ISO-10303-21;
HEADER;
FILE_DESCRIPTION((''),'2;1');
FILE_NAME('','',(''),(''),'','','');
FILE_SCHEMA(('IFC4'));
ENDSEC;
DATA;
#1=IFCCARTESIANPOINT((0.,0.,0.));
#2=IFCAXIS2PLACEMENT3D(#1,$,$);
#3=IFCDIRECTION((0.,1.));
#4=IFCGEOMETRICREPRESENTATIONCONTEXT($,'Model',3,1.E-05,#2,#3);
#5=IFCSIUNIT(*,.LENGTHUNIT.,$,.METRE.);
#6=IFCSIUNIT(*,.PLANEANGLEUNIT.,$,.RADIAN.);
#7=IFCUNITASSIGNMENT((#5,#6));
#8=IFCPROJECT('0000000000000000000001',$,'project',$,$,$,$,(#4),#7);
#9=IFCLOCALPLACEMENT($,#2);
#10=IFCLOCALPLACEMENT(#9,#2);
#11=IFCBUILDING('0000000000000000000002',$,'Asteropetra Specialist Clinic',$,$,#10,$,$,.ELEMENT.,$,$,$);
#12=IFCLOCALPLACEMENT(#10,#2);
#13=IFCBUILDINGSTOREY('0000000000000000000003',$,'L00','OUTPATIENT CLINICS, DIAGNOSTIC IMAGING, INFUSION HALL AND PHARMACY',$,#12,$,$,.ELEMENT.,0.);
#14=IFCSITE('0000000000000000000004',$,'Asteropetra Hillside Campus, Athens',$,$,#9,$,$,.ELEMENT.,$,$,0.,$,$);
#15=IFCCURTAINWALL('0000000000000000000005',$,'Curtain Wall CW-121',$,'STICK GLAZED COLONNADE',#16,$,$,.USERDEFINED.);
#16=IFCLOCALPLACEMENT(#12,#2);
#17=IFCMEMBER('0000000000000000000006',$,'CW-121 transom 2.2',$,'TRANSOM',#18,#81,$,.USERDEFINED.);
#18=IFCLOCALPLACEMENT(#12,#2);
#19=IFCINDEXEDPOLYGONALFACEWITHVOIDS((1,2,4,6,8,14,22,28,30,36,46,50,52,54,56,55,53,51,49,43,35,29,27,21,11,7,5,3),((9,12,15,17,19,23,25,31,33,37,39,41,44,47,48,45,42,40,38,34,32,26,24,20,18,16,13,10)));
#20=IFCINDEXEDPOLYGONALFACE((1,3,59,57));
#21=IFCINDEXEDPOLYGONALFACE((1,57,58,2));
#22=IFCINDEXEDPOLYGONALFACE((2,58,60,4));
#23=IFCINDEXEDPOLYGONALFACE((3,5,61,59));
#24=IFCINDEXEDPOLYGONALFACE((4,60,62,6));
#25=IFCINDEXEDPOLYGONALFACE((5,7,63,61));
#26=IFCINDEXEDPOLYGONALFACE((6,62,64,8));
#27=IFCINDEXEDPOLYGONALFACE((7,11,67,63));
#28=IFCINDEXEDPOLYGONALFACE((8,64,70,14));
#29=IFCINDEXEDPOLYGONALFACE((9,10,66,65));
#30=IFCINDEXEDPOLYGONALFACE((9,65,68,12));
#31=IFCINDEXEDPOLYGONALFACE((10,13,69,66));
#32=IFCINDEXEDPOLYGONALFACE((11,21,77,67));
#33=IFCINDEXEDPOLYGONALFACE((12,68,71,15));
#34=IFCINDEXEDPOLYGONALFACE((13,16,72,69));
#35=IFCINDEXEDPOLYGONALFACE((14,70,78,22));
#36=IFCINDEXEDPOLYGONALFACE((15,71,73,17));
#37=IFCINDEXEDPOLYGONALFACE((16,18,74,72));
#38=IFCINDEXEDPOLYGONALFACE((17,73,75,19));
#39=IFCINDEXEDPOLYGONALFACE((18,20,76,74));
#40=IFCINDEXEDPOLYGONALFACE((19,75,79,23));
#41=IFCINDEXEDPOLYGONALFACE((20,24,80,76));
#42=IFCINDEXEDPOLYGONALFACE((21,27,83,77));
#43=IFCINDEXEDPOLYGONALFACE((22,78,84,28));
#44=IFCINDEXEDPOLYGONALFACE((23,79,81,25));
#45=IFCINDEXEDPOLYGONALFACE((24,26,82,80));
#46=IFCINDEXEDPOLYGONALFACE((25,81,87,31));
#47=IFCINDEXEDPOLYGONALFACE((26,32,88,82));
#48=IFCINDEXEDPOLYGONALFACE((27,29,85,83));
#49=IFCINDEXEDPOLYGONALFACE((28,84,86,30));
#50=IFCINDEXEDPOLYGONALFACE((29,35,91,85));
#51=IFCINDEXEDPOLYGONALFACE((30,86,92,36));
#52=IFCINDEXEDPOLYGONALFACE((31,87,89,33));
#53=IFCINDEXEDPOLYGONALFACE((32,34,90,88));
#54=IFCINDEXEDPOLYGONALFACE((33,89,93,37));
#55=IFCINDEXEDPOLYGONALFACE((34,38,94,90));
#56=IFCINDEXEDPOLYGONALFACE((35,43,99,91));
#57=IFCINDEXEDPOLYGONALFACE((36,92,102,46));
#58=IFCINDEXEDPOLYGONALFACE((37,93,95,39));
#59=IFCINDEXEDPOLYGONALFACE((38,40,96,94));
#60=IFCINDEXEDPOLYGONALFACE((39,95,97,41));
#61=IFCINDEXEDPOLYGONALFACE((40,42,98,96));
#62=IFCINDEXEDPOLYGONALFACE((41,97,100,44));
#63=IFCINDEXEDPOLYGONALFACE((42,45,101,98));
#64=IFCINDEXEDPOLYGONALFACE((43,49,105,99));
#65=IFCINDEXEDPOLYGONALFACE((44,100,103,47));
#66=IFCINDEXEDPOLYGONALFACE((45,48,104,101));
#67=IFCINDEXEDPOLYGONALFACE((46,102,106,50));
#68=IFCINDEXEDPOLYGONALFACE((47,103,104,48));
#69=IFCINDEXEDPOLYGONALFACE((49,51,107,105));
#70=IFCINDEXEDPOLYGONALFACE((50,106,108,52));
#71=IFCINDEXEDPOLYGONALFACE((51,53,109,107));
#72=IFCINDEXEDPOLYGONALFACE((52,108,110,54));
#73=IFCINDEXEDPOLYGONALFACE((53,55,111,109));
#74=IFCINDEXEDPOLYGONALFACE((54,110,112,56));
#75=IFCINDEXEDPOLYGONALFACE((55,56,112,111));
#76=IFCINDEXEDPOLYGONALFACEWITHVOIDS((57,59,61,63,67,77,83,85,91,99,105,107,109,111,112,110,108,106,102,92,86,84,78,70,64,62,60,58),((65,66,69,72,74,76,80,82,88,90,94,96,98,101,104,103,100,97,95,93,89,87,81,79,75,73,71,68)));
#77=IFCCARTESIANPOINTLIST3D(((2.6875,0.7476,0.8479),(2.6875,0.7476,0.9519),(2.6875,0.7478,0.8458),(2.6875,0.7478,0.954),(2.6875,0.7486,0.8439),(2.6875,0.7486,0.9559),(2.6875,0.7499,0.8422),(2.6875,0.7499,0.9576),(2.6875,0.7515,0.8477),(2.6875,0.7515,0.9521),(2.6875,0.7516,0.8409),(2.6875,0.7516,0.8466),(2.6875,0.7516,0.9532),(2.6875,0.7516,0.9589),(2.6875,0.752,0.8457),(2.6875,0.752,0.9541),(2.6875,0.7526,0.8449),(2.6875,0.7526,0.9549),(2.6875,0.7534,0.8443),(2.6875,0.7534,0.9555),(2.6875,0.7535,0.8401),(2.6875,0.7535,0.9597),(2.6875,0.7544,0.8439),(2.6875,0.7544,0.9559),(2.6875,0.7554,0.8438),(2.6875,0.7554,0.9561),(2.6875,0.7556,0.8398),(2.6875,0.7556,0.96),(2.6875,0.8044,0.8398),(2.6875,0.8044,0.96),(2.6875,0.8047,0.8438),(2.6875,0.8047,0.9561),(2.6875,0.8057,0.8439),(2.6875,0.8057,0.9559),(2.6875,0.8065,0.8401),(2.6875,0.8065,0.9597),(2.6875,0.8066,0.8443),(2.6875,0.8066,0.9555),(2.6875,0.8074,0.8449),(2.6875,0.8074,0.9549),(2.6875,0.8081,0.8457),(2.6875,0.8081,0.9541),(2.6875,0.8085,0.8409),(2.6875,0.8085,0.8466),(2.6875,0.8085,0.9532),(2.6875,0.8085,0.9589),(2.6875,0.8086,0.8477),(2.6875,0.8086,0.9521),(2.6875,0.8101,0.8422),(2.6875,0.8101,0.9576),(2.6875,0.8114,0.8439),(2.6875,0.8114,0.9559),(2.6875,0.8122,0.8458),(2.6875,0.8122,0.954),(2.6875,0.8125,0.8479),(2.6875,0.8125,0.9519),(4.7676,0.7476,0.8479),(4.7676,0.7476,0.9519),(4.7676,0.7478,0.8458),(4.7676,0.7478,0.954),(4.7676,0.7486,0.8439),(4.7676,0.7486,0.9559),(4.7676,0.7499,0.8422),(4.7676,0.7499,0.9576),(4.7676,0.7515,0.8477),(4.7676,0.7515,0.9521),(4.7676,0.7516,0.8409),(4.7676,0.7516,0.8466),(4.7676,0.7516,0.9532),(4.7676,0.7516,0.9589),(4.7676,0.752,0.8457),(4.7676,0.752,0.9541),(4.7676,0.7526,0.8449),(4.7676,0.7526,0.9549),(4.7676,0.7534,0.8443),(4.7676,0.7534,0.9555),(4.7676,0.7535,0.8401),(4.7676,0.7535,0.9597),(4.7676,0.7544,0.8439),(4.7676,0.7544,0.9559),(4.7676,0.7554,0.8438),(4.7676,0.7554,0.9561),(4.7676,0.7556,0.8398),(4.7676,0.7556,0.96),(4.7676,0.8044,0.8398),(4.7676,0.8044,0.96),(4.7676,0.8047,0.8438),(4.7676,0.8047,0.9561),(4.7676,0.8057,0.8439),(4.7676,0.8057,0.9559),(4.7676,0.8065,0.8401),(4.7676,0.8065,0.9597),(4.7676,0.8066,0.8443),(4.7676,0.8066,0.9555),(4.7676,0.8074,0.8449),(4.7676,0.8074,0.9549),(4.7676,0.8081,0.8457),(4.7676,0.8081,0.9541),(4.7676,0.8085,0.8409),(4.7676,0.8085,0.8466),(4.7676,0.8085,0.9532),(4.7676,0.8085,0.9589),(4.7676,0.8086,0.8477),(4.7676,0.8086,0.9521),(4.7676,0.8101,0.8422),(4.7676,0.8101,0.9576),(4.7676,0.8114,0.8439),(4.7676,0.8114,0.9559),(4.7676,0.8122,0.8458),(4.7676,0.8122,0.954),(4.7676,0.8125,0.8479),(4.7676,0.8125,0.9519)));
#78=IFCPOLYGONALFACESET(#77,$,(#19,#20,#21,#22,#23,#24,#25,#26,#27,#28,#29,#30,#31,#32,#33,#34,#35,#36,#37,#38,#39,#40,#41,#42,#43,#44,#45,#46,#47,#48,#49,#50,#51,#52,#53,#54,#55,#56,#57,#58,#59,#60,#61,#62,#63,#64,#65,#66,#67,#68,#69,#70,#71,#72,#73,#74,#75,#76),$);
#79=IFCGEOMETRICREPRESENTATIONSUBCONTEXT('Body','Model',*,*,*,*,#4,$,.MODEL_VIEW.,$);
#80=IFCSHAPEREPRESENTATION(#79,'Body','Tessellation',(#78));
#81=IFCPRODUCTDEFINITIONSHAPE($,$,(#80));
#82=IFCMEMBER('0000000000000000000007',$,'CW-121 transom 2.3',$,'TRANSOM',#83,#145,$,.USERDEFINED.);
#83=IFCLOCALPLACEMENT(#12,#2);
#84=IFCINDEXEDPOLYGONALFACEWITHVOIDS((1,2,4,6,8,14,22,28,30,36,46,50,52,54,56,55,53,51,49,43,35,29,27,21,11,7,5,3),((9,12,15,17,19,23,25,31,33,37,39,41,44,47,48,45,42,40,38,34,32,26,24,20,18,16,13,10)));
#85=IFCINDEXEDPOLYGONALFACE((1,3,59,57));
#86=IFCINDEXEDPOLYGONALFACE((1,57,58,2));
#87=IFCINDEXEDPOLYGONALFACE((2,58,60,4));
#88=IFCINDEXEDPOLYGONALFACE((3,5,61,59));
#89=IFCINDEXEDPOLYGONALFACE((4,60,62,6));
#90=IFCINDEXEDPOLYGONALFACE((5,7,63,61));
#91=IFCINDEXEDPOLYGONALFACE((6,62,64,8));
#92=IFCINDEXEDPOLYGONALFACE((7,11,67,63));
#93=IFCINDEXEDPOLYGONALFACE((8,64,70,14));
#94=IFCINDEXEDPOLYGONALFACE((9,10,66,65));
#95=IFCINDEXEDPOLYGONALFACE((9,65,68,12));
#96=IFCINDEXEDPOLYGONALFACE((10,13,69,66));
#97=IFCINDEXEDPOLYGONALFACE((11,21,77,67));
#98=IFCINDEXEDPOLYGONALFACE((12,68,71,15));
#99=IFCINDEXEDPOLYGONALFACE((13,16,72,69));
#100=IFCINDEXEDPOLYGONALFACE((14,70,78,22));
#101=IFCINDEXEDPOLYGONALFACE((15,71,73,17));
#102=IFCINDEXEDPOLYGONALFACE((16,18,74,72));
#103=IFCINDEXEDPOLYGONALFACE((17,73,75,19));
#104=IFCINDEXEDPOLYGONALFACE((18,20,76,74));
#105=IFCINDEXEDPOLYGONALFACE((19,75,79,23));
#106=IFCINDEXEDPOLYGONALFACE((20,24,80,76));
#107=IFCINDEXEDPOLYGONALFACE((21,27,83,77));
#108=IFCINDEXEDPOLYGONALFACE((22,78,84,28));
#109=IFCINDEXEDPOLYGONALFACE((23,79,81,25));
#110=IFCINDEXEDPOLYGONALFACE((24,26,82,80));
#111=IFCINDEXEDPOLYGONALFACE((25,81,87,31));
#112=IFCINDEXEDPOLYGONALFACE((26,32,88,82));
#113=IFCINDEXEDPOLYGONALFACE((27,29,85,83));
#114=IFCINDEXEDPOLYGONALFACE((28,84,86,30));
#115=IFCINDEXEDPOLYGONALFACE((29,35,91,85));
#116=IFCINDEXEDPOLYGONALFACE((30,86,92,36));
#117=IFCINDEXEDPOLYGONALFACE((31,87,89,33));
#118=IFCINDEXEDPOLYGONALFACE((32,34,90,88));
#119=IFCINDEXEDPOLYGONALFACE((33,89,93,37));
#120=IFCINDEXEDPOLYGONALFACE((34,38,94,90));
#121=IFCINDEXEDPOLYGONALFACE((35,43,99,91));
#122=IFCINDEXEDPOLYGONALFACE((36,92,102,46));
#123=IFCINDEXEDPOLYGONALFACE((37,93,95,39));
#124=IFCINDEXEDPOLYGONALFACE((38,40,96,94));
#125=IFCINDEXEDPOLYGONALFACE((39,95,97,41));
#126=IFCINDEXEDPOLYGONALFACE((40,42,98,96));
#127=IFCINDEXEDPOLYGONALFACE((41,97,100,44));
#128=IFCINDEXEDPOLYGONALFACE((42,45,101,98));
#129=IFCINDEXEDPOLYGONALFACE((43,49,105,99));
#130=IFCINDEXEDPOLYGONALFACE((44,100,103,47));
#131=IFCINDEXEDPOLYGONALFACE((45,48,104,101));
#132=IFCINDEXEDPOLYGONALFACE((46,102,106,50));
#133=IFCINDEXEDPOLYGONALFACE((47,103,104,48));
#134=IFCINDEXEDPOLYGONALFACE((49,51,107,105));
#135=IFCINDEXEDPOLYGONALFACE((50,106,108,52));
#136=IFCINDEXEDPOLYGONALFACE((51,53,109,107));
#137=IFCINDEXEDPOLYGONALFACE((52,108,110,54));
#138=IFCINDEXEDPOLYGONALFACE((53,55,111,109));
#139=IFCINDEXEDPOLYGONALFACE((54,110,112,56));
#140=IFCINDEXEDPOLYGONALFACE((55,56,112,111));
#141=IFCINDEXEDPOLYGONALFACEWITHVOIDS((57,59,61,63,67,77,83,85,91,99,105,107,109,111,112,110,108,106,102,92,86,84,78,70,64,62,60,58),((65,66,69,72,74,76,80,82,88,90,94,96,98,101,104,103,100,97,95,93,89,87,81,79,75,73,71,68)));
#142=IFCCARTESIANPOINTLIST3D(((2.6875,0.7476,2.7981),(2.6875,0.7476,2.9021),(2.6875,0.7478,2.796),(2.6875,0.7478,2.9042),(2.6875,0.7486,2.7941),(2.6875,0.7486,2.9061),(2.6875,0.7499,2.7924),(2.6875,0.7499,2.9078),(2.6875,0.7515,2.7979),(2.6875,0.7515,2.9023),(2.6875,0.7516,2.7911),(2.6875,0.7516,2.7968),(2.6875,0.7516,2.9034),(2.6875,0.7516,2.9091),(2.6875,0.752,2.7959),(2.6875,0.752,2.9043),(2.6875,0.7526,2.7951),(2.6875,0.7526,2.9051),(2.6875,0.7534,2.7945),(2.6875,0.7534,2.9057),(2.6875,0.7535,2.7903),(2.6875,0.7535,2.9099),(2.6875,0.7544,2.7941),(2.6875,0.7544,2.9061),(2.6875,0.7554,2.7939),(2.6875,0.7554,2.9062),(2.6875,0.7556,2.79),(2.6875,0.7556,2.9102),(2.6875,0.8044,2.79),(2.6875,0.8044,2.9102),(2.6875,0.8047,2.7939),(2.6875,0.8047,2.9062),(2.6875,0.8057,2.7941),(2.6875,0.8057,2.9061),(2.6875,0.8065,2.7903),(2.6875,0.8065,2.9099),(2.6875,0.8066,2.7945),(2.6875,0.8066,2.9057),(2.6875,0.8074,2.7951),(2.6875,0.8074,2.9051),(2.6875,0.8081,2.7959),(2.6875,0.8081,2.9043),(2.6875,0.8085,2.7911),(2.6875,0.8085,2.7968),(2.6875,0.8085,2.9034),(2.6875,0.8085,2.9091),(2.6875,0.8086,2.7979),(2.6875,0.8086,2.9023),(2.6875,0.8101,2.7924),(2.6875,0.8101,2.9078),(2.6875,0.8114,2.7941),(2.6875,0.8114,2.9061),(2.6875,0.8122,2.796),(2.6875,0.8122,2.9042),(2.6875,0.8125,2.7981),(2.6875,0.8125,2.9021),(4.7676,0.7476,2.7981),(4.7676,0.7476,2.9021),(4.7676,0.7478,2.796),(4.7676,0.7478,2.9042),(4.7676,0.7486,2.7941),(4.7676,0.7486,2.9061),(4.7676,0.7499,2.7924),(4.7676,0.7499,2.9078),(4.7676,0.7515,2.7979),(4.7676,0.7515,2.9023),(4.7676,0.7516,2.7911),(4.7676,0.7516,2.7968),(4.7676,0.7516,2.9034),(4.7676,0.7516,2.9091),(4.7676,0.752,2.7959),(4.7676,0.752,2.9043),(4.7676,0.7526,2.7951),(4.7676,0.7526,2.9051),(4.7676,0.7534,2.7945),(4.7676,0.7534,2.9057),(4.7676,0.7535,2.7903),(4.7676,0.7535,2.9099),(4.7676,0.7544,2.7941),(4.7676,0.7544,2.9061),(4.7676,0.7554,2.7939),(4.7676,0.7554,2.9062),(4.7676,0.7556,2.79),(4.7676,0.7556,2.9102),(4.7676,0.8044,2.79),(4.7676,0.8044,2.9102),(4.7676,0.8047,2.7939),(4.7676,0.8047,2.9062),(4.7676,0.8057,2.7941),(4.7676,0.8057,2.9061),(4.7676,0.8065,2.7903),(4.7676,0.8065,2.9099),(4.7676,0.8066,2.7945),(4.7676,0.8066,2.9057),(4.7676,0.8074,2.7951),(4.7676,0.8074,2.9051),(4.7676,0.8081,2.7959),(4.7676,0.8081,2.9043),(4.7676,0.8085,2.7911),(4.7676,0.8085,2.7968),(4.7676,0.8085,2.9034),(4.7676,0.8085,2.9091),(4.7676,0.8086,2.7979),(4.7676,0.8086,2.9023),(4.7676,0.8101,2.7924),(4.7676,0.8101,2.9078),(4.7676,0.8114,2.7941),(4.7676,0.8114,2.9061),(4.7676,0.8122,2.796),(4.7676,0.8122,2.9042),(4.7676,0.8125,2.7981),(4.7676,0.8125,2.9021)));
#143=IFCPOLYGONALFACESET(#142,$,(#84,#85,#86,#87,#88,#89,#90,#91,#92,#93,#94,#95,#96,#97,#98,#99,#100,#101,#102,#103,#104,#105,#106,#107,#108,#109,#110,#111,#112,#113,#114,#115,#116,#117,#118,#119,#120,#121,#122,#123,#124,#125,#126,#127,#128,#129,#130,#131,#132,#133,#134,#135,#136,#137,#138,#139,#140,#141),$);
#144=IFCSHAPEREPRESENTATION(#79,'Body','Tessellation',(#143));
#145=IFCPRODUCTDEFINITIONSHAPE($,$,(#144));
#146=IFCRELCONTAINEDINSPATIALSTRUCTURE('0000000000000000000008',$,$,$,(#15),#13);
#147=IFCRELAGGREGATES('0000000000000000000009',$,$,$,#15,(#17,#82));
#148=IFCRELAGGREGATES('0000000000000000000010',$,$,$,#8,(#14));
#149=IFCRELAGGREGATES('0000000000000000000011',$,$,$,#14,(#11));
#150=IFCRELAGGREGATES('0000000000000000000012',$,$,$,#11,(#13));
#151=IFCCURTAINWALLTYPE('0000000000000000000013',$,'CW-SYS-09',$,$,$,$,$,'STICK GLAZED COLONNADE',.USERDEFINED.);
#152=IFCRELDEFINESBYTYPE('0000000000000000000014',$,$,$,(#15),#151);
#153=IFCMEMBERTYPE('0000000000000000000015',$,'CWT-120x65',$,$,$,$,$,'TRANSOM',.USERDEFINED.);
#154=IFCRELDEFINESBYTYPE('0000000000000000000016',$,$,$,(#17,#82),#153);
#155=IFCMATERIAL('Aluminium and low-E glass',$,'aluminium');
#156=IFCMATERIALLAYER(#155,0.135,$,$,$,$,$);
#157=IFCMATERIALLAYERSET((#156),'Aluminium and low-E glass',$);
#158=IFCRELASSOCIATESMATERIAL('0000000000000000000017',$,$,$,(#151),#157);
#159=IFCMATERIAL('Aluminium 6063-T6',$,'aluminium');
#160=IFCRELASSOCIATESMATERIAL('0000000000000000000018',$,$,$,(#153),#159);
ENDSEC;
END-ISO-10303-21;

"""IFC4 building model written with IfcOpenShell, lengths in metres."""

from ifc_helpers import new_model, si_unit, direction, frame, origin, origin_2d, place, context, subcontext, project, spatial, hollow_rectangle, extrude, material, layer, layer_set, material_profile, profile_set, type_object, element, aggregate, save


model = new_model("IFC4")

# Units and contexts
model_context = context("Model", 3, precision=1e-05, world=origin(), true_north=direction((0.0, 1.0)))
body_context = subcontext(model_context, "Body", "Model", "MODEL_VIEW")
ifc_project = project(units=[si_unit("LENGTHUNIT", "METRE"), si_unit("PLANEANGLEUNIT", "RADIAN")], contexts=[model_context])

# Site, building, storey
site_placement = place(None, origin())
site = spatial("IfcSite", under=ifc_project, at=site_placement, Name="Asteropetra Hillside Campus, Athens", CompositionType="ELEMENT", RefElevation=0.0)
building_placement = place(site_placement, origin())
building = spatial("IfcBuilding", under=site, at=building_placement, Name="Asteropetra Specialist Clinic", CompositionType="ELEMENT")
storey_placement = place(building_placement, origin())
storey = spatial("IfcBuildingStorey", under=building, at=storey_placement, Name="L00", Description="OUTPATIENT CLINICS, DIAGNOSTIC IMAGING, INFUSION HALL AND PHARMACY", CompositionType="ELEMENT", Elevation=0.0)

# Curtain wall
ifc_material_1 = material(Name="Aluminium and low-E glass", Category="aluminium")
ifc_layer_1 = layer(ifc_material_1, 0.135)
ifc_layer_set_1 = layer_set([ifc_layer_1], Name="Aluminium and low-E glass")
curtain_wall_type_1 = type_object("IfcCurtainWallType", Name="CW-SYS-09", ElementType="STICK GLAZED COLONNADE", PredefinedType="USERDEFINED", material=ifc_layer_set_1)
curtain_wall_1_placement = place(storey_placement, origin())
curtain_wall_1 = element("IfcCurtainWall", 1, at=curtain_wall_1_placement, inside=storey, type_object=curtain_wall_type_1, Name="Curtain Wall CW-121", ObjectType="STICK GLAZED COLONNADE", PredefinedType="USERDEFINED")

# Members
ifc_material_2 = material(Name="Aluminium 6063-T6", Category="aluminium")
ifc_material_profile_1 = material_profile(ifc_material_2, hollow_rectangle(XDim=0.0649, YDim=0.1201, WallThickness=0.0039, InnerFilletRadius=0.0039, OuterFilletRadius=0.0081, at=origin_2d()), Name="TRN 120x65x4.0")
ifc_profile_set_1 = profile_set([ifc_material_profile_1], Name="Aluminium 6063-T6")
member_type_1 = type_object("IfcMemberType", Name="CWT-120x65", ElementType="TRANSOM", PredefinedType="USERDEFINED", material=ifc_profile_set_1)
member_1_placement = place(storey_placement, frame((2.6875, 0.78, 0.8999), z_axis=(1.0, 0.0, 0.0), x_axis=(0.0, 1.0, 0.0)))
member_1 = element("IfcMember", 2, at=member_1_placement, type_object=member_type_1, Name="CW-121 transom 2.2", ObjectType="TRANSOM", PredefinedType="USERDEFINED", context=body_context, shape_type="SweptSolid", body=[
    extrude(hollow_rectangle(XDim=0.0649, YDim=0.1201, WallThickness=0.0039, InnerFilletRadius=0.0039, OuterFilletRadius=0.0081, at=origin_2d()), origin(), (0.0, 0.0, 1.0), 2.0801),
])
member_2_placement = place(storey_placement, frame((2.6875, 0.78, 2.8501), z_axis=(1.0, 0.0, 0.0), x_axis=(0.0, 1.0, 0.0)))
member_2 = element("IfcMember", 3, at=member_2_placement, type_object=member_type_1, Name="CW-121 transom 2.3", ObjectType="TRANSOM", PredefinedType="USERDEFINED", context=body_context, shape_type="SweptSolid", body=[
    extrude(hollow_rectangle(XDim=0.0649, YDim=0.1201, WallThickness=0.0039, InnerFilletRadius=0.0039, OuterFilletRadius=0.0081, at=origin_2d()), origin(), (0.0, 0.0, 1.0), 2.0801),
])

aggregate(curtain_wall_1, [member_1, member_2])

save(model, "model.ifc")
